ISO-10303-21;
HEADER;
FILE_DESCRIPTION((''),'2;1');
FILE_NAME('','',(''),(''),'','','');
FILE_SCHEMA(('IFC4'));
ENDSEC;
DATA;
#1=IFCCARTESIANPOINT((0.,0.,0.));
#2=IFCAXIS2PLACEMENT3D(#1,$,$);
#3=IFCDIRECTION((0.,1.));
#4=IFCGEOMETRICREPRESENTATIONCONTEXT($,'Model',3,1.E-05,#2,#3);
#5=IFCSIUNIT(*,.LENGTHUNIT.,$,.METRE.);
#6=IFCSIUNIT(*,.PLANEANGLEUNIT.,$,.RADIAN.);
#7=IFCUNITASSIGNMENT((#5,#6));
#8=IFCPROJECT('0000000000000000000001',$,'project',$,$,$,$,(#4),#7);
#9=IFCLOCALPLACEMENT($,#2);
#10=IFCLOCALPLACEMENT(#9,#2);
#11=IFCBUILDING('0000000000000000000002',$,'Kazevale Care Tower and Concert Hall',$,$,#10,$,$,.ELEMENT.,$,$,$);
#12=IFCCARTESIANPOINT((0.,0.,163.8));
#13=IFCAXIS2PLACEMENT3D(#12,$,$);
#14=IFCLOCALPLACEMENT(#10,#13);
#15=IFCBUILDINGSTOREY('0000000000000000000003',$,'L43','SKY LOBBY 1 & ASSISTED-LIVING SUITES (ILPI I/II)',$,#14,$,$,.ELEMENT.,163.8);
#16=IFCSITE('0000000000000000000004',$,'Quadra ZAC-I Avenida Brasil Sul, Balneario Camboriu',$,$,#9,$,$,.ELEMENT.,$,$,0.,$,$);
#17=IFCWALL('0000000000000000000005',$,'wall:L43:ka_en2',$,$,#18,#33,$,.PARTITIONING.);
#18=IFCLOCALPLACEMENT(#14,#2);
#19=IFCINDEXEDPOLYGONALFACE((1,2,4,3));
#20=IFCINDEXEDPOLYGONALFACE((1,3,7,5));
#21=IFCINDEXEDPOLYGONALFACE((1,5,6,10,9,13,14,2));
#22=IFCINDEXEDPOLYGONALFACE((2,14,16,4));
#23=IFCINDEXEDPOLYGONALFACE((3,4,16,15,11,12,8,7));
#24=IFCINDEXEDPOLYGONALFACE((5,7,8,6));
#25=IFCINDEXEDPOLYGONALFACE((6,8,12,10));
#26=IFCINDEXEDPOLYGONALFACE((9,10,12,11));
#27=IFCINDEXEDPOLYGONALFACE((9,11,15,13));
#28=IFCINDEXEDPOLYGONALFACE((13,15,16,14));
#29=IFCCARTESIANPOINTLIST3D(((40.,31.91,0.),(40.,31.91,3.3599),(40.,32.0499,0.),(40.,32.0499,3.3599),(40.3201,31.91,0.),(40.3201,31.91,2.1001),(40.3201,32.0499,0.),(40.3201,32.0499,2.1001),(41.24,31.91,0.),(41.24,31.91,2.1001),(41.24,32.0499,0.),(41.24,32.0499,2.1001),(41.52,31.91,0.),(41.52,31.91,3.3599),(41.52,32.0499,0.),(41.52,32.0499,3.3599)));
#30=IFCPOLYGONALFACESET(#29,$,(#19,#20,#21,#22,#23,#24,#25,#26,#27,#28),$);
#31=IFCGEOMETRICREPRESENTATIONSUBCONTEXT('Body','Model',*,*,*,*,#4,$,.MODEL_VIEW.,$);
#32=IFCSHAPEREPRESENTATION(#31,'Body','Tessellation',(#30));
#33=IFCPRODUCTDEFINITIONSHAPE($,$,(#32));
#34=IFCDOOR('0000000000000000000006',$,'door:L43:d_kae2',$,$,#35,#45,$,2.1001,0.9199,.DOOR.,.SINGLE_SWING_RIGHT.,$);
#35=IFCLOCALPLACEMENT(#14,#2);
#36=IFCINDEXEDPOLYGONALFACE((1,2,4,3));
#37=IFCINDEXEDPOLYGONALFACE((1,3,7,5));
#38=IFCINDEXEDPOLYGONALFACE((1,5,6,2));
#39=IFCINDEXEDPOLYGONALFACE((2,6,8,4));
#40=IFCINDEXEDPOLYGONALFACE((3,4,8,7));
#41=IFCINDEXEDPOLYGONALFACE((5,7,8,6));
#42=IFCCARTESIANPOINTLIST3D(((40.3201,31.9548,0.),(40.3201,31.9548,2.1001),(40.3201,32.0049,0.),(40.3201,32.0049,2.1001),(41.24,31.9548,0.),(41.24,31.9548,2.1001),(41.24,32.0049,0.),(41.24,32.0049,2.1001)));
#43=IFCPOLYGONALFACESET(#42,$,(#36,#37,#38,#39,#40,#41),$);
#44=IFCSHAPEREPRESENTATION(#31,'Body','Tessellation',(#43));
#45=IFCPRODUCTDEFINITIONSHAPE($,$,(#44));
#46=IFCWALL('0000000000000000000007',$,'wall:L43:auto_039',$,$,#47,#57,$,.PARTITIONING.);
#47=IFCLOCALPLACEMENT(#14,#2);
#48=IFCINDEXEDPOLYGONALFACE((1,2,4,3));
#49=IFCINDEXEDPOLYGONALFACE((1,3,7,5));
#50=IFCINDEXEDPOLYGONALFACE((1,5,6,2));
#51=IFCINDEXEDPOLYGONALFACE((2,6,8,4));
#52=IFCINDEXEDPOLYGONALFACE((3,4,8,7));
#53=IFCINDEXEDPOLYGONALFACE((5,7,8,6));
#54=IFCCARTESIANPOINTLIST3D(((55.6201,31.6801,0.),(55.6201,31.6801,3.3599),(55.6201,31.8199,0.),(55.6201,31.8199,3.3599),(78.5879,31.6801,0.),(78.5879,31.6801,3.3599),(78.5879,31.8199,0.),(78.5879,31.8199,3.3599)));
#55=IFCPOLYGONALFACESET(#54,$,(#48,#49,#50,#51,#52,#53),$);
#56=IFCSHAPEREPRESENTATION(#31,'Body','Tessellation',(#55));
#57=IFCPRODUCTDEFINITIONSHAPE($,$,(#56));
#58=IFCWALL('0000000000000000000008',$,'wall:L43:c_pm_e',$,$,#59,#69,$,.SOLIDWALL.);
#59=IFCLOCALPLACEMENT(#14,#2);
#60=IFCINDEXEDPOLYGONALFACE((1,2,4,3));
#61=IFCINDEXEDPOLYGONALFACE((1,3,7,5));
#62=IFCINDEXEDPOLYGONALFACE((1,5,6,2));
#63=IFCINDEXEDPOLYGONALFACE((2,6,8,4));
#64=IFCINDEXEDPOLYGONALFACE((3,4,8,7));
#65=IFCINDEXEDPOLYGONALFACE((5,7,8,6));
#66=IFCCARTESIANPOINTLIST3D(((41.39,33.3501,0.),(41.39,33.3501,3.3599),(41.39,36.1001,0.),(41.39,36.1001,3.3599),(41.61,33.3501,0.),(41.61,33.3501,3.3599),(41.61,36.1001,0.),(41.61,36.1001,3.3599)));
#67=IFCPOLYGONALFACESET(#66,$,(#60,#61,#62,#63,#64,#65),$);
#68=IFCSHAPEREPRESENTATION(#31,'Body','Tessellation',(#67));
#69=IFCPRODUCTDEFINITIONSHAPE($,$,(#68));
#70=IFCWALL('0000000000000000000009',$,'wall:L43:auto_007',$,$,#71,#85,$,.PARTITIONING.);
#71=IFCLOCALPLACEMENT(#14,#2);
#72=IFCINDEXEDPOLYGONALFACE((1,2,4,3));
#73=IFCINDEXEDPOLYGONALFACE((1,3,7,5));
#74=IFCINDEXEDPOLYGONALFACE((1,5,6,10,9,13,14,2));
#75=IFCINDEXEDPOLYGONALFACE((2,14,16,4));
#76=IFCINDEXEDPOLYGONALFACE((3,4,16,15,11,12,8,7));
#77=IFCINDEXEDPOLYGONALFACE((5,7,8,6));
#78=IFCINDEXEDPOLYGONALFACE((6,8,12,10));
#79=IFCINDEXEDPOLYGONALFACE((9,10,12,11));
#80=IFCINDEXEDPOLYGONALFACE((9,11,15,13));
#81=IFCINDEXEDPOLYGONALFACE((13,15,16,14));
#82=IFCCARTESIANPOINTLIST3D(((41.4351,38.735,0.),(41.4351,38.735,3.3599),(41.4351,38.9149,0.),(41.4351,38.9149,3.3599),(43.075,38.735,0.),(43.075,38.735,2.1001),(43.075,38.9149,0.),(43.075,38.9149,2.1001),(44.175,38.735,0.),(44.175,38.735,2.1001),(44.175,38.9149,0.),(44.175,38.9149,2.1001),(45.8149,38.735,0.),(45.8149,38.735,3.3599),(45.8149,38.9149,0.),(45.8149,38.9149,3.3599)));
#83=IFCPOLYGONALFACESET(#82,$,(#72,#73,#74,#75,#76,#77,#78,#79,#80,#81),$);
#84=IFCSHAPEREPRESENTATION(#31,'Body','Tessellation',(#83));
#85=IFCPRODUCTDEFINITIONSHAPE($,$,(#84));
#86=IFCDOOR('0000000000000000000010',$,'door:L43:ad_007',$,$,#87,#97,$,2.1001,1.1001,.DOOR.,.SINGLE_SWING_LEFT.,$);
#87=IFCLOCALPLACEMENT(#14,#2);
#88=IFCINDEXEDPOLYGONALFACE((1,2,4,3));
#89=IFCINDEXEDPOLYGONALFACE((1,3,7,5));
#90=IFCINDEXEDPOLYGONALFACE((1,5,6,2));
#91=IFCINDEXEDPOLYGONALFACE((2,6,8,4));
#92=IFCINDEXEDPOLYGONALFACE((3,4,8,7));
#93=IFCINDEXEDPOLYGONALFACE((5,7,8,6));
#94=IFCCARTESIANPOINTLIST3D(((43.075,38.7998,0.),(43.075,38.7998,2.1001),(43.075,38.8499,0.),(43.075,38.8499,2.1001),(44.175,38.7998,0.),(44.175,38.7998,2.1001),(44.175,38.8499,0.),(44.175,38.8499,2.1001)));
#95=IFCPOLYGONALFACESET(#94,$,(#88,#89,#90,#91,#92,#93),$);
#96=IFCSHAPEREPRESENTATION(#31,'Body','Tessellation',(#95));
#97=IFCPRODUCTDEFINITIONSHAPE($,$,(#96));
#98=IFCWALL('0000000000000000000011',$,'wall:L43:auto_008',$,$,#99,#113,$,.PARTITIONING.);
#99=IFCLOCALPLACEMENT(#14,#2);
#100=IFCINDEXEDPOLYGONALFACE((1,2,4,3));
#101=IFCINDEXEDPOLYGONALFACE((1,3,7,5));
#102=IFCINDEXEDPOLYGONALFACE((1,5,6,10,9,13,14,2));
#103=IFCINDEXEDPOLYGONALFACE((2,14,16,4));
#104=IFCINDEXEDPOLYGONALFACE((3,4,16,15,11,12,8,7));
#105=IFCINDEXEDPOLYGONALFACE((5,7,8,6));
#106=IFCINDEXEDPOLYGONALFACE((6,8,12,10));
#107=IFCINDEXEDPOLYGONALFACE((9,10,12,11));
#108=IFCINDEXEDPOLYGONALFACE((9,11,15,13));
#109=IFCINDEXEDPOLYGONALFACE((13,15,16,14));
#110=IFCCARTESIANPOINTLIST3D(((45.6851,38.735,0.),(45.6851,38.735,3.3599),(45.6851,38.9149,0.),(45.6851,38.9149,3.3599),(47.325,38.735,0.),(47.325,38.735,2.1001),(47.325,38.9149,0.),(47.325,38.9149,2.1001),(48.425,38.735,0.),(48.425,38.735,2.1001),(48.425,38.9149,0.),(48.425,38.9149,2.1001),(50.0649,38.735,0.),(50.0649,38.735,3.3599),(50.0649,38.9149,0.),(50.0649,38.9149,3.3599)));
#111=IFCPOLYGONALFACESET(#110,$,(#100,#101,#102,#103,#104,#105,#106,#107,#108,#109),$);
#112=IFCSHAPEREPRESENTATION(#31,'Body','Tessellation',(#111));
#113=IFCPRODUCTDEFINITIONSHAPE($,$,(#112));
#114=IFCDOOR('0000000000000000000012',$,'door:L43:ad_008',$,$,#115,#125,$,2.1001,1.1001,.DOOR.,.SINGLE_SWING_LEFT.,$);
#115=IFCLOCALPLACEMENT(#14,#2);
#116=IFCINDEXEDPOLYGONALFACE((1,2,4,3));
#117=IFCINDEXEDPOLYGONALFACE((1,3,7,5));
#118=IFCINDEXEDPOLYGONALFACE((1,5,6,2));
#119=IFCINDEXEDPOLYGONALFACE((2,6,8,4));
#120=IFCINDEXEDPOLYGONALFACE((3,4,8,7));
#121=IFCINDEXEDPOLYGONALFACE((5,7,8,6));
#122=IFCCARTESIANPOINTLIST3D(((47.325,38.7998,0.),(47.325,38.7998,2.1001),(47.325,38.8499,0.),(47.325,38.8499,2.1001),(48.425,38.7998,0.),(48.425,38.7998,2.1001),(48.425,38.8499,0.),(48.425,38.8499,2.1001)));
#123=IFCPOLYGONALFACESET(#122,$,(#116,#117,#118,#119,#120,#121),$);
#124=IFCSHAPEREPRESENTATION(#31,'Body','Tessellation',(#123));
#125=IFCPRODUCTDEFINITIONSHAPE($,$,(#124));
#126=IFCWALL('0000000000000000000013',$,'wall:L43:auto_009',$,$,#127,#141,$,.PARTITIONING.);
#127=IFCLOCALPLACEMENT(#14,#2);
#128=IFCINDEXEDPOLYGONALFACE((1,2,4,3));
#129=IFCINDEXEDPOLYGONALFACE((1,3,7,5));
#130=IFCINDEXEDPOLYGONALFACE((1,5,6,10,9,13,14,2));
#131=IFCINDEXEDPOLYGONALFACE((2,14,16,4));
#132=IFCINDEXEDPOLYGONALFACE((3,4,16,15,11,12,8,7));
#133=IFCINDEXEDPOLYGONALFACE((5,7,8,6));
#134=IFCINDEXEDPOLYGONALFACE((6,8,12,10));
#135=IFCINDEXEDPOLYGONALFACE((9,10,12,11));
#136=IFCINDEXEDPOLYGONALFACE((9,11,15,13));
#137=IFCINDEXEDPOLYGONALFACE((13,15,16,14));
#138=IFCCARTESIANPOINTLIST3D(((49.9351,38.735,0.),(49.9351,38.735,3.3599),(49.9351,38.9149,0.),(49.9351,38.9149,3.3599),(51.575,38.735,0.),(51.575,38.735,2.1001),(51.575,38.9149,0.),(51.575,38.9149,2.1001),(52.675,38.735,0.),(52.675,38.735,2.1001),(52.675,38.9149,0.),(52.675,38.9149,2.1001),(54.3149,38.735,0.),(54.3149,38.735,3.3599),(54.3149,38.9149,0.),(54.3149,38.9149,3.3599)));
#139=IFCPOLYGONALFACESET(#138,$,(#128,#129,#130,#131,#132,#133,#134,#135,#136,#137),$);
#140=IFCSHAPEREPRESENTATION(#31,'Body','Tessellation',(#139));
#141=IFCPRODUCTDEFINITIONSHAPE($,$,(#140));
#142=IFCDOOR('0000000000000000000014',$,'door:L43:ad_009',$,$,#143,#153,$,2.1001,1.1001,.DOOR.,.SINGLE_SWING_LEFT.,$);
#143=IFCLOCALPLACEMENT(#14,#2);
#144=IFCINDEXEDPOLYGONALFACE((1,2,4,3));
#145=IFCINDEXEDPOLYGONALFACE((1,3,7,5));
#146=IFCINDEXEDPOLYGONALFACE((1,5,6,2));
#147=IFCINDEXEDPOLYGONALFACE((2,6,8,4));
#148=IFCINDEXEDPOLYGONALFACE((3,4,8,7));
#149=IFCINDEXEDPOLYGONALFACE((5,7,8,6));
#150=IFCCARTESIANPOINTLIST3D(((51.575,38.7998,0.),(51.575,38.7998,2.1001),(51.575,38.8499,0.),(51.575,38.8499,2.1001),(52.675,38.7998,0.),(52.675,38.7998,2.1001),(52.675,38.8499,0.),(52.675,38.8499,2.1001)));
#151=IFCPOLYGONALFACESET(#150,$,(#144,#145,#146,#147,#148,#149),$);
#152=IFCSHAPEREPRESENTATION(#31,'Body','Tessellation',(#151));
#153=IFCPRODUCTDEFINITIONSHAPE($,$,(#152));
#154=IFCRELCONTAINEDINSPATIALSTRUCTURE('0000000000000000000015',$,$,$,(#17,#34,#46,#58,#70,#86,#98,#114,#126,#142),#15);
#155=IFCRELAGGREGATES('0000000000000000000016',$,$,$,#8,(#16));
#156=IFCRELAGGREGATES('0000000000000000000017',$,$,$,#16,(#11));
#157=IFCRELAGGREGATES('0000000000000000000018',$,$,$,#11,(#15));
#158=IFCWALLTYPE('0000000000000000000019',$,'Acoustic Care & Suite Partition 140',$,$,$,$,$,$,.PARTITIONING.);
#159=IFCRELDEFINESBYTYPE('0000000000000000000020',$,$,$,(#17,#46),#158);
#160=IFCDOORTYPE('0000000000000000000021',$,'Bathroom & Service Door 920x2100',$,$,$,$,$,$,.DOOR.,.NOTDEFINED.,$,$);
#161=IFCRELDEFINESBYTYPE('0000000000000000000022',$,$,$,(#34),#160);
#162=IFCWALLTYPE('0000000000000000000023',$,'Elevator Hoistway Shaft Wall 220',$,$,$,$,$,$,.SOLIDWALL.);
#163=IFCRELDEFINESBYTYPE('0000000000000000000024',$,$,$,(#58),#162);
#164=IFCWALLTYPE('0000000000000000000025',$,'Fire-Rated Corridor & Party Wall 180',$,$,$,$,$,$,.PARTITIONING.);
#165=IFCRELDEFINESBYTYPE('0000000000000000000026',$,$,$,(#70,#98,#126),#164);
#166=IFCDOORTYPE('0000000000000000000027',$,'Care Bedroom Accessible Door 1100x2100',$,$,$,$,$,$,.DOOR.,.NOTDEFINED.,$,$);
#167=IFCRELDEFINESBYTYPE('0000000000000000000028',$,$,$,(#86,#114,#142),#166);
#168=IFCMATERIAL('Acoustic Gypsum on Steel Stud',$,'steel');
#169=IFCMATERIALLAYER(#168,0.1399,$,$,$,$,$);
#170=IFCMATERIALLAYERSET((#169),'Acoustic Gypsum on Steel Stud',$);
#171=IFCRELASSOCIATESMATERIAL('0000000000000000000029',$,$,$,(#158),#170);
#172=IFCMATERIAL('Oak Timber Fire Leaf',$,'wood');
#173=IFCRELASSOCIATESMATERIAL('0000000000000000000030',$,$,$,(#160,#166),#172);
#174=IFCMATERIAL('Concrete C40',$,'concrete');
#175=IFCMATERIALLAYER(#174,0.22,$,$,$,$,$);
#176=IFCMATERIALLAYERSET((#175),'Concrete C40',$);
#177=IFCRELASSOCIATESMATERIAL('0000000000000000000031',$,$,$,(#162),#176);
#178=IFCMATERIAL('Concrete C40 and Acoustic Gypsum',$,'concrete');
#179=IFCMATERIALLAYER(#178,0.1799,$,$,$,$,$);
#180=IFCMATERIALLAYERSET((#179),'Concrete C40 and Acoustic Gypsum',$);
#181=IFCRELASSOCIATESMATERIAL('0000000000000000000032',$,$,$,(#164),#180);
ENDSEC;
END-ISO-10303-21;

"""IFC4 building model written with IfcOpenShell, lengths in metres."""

from ifc_helpers import new_model, si_unit, direction, frame, frame_2d, origin, place, context, subcontext, project, spatial, rectangle, extrude, material, layer, layer_set, type_object, element, fill, save


model = new_model("IFC4")

# Units and contexts
model_context = context("Model", 3, precision=1e-05, world=origin(), true_north=direction((0.0, 1.0)))
body_context = subcontext(model_context, "Body", "Model", "MODEL_VIEW")
ifc_project = project(units=[si_unit("LENGTHUNIT", "METRE"), si_unit("PLANEANGLEUNIT", "RADIAN")], contexts=[model_context])

# Site, building, storey
site_placement = place(None, origin())
site = spatial("IfcSite", under=ifc_project, at=site_placement, Name="Quadra ZAC-I Avenida Brasil Sul, Balneario Camboriu", CompositionType="ELEMENT", RefElevation=0.0)
building_placement = place(site_placement, origin())
building = spatial("IfcBuilding", under=site, at=building_placement, Name="Kazevale Care Tower and Concert Hall", CompositionType="ELEMENT")
storey_placement = place(building_placement, frame((0.0, 0.0, 163.8)))
storey = spatial("IfcBuildingStorey", under=building, at=storey_placement, Name="L43", Description="SKY LOBBY 1 & ASSISTED-LIVING SUITES (ILPI I/II)", CompositionType="ELEMENT", Elevation=163.8)

# Wall, opening, door
ifc_material_1 = material(Name="Acoustic Gypsum on Steel Stud", Category="steel")
ifc_layer_1 = layer(ifc_material_1, 0.1399)
ifc_layer_set_1 = layer_set([ifc_layer_1], Name="Acoustic Gypsum on Steel Stud")
wall_type_1 = type_object("IfcWallType", Name="Acoustic Care & Suite Partition 140", PredefinedType="PARTITIONING", material=ifc_layer_set_1)
wall_1_placement = place(storey_placement, frame((40.0, 31.98, 0.0), z_axis=(0.0, 0.0, 1.0), x_axis=(1.0, 0.0, 0.0)))
wall_1 = element("IfcWall", 1, at=wall_1_placement, inside=storey, type_object=wall_type_1, Name="wall:L43:ka_en2", PredefinedType="PARTITIONING", context=body_context, shape_type="SweptSolid", body=[
    extrude(rectangle(XDim=1.52, YDim=0.1399, at=frame_2d((0.76, 0.0))), origin(), (0.0, 0.0, 1.0), 3.3599),
])
opening_1_placement = place(wall_1_placement, frame((0.3201, 0.0, 0.0)))
opening_1 = element("IfcOpeningElement", 2, at=opening_1_placement, cuts=wall_1, PredefinedType="OPENING", context=body_context, shape_type="SweptSolid", body=[
    extrude(rectangle(XDim=0.9199, YDim=2.1001, at=frame_2d((0.46, 1.05))), frame((0.0, 0.0798, 0.0), z_axis=(0.0, -1.0, 0.0), x_axis=(1.0, 0.0, 0.0)), (0.0, 0.0, 1.0), 0.1599),
])
ifc_material_2 = material(Name="Oak Timber Fire Leaf", Category="wood")
door_type_1 = type_object("IfcDoorType", Name="Bathroom & Service Door 920x2100", OperationType="NOTDEFINED", PredefinedType="DOOR", material=ifc_material_2)
door_1_placement = place(opening_1_placement, origin())
door_1 = element("IfcDoor", 3, at=door_1_placement, inside=storey, type_object=door_type_1, Name="door:L43:d_kae2", OperationType="SINGLE_SWING_RIGHT", OverallHeight=2.1001, OverallWidth=0.9199, PredefinedType="DOOR", context=body_context, shape_type="SweptSolid", body=[
    extrude(rectangle(XDim=0.9199, YDim=2.1001, at=frame_2d((0.46, 1.05))), frame((0.0, 0.0249, 0.0), z_axis=(0.0, -1.0, 0.0), x_axis=(1.0, 0.0, 0.0)), (0.0, 0.0, 1.0), 0.05),
])
fill(opening_1, door_1)

# Walls
wall_2_placement = place(storey_placement, frame((55.6201, 31.75, 0.0), z_axis=(0.0, 0.0, 1.0), x_axis=(1.0, 0.0, 0.0)))
element("IfcWall", 4, at=wall_2_placement, inside=storey, type_object=wall_type_1, Name="wall:L43:auto_039", PredefinedType="PARTITIONING", context=body_context, shape_type="SweptSolid", body=[
    extrude(rectangle(XDim=22.9678, YDim=0.1399, at=frame_2d((11.4839, 0.0))), origin(), (0.0, 0.0, 1.0), 3.3599),
])
ifc_material_3 = material(Name="Concrete C40", Category="concrete")
ifc_layer_2 = layer(ifc_material_3, 0.22)
ifc_layer_set_2 = layer_set([ifc_layer_2], Name="Concrete C40")
wall_type_2 = type_object("IfcWallType", Name="Elevator Hoistway Shaft Wall 220", PredefinedType="SOLIDWALL", material=ifc_layer_set_2)
wall_3_placement = place(storey_placement, frame((41.5, 33.3501, 0.0), z_axis=(0.0, 0.0, 1.0), x_axis=(0.0, 1.0, 0.0)))
element("IfcWall", 5, at=wall_3_placement, inside=storey, type_object=wall_type_2, Name="wall:L43:c_pm_e", PredefinedType="SOLIDWALL", context=body_context, shape_type="SweptSolid", body=[
    extrude(rectangle(XDim=2.75, YDim=0.22, at=frame_2d((1.375, 0.0))), origin(), (0.0, 0.0, 1.0), 3.3599),
])

# Walls, openings, doors
ifc_material_4 = material(Name="Concrete C40 and Acoustic Gypsum", Category="concrete")
ifc_layer_3 = layer(ifc_material_4, 0.1799)
ifc_layer_set_3 = layer_set([ifc_layer_3], Name="Concrete C40 and Acoustic Gypsum")
wall_type_3 = type_object("IfcWallType", Name="Fire-Rated Corridor & Party Wall 180", PredefinedType="PARTITIONING", material=ifc_layer_set_3)
wall_4_placement = place(storey_placement, frame((41.4351, 38.825, 0.0), z_axis=(0.0, 0.0, 1.0), x_axis=(1.0, 0.0, 0.0)))
wall_4 = element("IfcWall", 6, at=wall_4_placement, inside=storey, type_object=wall_type_3, Name="wall:L43:auto_007", PredefinedType="PARTITIONING", context=body_context, shape_type="SweptSolid", body=[
    extrude(rectangle(XDim=4.3799, YDim=0.1799, at=frame_2d((2.1899, 0.0))), origin(), (0.0, 0.0, 1.0), 3.3599),
])
opening_2_placement = place(wall_4_placement, frame((1.6399, 0.0, 0.0)))
opening_2 = element("IfcOpeningElement", 7, at=opening_2_placement, cuts=wall_4, PredefinedType="OPENING", context=body_context, shape_type="SweptSolid", body=[
    extrude(rectangle(XDim=1.1001, YDim=2.1001, at=frame_2d((0.55, 1.05))), frame((0.0, 0.0999, 0.0), z_axis=(0.0, -1.0, 0.0), x_axis=(1.0, 0.0, 0.0)), (0.0, 0.0, 1.0), 0.2),
])
door_type_2 = type_object("IfcDoorType", Name="Care Bedroom Accessible Door 1100x2100", OperationType="NOTDEFINED", PredefinedType="DOOR", material=ifc_material_2)
door_2_placement = place(opening_2_placement, origin())
door_2 = element("IfcDoor", 8, at=door_2_placement, inside=storey, type_object=door_type_2, Name="door:L43:ad_007", OperationType="SINGLE_SWING_LEFT", OverallHeight=2.1001, OverallWidth=1.1001, PredefinedType="DOOR", context=body_context, shape_type="SweptSolid", body=[
    extrude(rectangle(XDim=1.1001, YDim=2.1001, at=frame_2d((0.55, 1.05))), frame((0.0, 0.0249, 0.0), z_axis=(0.0, -1.0, 0.0), x_axis=(1.0, 0.0, 0.0)), (0.0, 0.0, 1.0), 0.05),
])
fill(opening_2, door_2)
wall_5_placement = place(storey_placement, frame((45.6851, 38.825, 0.0), z_axis=(0.0, 0.0, 1.0), x_axis=(1.0, 0.0, 0.0)))
wall_5 = element("IfcWall", 9, at=wall_5_placement, inside=storey, type_object=wall_type_3, Name="wall:L43:auto_008", PredefinedType="PARTITIONING", context=body_context, shape_type="SweptSolid", body=[
    extrude(rectangle(XDim=4.3799, YDim=0.1799, at=frame_2d((2.1899, 0.0))), origin(), (0.0, 0.0, 1.0), 3.3599),
])
opening_3_placement = place(wall_5_placement, frame((1.6399, 0.0, 0.0)))
opening_3 = element("IfcOpeningElement", 10, at=opening_3_placement, cuts=wall_5, PredefinedType="OPENING", context=body_context, shape_type="SweptSolid", body=[
    extrude(rectangle(XDim=1.1001, YDim=2.1001, at=frame_2d((0.55, 1.05))), frame((0.0, 0.0999, 0.0), z_axis=(0.0, -1.0, 0.0), x_axis=(1.0, 0.0, 0.0)), (0.0, 0.0, 1.0), 0.2),
])
door_3_placement = place(opening_3_placement, origin())
door_3 = element("IfcDoor", 11, at=door_3_placement, inside=storey, type_object=door_type_2, Name="door:L43:ad_008", OperationType="SINGLE_SWING_LEFT", OverallHeight=2.1001, OverallWidth=1.1001, PredefinedType="DOOR", context=body_context, shape_type="SweptSolid", body=[
    extrude(rectangle(XDim=1.1001, YDim=2.1001, at=frame_2d((0.55, 1.05))), frame((0.0, 0.0249, 0.0), z_axis=(0.0, -1.0, 0.0), x_axis=(1.0, 0.0, 0.0)), (0.0, 0.0, 1.0), 0.05),
])
fill(opening_3, door_3)
wall_6_placement = place(storey_placement, frame((49.9351, 38.825, 0.0), z_axis=(0.0, 0.0, 1.0), x_axis=(1.0, 0.0, 0.0)))
wall_6 = element("IfcWall", 12, at=wall_6_placement, inside=storey, type_object=wall_type_3, Name="wall:L43:auto_009", PredefinedType="PARTITIONING", context=body_context, shape_type="SweptSolid", body=[
    extrude(rectangle(XDim=4.3799, YDim=0.1799, at=frame_2d((2.1899, 0.0))), origin(), (0.0, 0.0, 1.0), 3.3599),
])
opening_4_placement = place(wall_6_placement, frame((1.6399, 0.0, 0.0)))
opening_4 = element("IfcOpeningElement", 13, at=opening_4_placement, cuts=wall_6, PredefinedType="OPENING", context=body_context, shape_type="SweptSolid", body=[
    extrude(rectangle(XDim=1.1001, YDim=2.1001, at=frame_2d((0.55, 1.05))), frame((0.0, 0.0999, 0.0), z_axis=(0.0, -1.0, 0.0), x_axis=(1.0, 0.0, 0.0)), (0.0, 0.0, 1.0), 0.2),
])
door_4_placement = place(opening_4_placement, origin())
door_4 = element("IfcDoor", 14, at=door_4_placement, inside=storey, type_object=door_type_2, Name="door:L43:ad_009", OperationType="SINGLE_SWING_LEFT", OverallHeight=2.1001, OverallWidth=1.1001, PredefinedType="DOOR", context=body_context, shape_type="SweptSolid", body=[
    extrude(rectangle(XDim=1.1001, YDim=2.1001, at=frame_2d((0.55, 1.05))), frame((0.0, 0.0249, 0.0), z_axis=(0.0, -1.0, 0.0), x_axis=(1.0, 0.0, 0.0)), (0.0, 0.0, 1.0), 0.05),
])
fill(opening_4, door_4)

save(model, "model.ifc")
